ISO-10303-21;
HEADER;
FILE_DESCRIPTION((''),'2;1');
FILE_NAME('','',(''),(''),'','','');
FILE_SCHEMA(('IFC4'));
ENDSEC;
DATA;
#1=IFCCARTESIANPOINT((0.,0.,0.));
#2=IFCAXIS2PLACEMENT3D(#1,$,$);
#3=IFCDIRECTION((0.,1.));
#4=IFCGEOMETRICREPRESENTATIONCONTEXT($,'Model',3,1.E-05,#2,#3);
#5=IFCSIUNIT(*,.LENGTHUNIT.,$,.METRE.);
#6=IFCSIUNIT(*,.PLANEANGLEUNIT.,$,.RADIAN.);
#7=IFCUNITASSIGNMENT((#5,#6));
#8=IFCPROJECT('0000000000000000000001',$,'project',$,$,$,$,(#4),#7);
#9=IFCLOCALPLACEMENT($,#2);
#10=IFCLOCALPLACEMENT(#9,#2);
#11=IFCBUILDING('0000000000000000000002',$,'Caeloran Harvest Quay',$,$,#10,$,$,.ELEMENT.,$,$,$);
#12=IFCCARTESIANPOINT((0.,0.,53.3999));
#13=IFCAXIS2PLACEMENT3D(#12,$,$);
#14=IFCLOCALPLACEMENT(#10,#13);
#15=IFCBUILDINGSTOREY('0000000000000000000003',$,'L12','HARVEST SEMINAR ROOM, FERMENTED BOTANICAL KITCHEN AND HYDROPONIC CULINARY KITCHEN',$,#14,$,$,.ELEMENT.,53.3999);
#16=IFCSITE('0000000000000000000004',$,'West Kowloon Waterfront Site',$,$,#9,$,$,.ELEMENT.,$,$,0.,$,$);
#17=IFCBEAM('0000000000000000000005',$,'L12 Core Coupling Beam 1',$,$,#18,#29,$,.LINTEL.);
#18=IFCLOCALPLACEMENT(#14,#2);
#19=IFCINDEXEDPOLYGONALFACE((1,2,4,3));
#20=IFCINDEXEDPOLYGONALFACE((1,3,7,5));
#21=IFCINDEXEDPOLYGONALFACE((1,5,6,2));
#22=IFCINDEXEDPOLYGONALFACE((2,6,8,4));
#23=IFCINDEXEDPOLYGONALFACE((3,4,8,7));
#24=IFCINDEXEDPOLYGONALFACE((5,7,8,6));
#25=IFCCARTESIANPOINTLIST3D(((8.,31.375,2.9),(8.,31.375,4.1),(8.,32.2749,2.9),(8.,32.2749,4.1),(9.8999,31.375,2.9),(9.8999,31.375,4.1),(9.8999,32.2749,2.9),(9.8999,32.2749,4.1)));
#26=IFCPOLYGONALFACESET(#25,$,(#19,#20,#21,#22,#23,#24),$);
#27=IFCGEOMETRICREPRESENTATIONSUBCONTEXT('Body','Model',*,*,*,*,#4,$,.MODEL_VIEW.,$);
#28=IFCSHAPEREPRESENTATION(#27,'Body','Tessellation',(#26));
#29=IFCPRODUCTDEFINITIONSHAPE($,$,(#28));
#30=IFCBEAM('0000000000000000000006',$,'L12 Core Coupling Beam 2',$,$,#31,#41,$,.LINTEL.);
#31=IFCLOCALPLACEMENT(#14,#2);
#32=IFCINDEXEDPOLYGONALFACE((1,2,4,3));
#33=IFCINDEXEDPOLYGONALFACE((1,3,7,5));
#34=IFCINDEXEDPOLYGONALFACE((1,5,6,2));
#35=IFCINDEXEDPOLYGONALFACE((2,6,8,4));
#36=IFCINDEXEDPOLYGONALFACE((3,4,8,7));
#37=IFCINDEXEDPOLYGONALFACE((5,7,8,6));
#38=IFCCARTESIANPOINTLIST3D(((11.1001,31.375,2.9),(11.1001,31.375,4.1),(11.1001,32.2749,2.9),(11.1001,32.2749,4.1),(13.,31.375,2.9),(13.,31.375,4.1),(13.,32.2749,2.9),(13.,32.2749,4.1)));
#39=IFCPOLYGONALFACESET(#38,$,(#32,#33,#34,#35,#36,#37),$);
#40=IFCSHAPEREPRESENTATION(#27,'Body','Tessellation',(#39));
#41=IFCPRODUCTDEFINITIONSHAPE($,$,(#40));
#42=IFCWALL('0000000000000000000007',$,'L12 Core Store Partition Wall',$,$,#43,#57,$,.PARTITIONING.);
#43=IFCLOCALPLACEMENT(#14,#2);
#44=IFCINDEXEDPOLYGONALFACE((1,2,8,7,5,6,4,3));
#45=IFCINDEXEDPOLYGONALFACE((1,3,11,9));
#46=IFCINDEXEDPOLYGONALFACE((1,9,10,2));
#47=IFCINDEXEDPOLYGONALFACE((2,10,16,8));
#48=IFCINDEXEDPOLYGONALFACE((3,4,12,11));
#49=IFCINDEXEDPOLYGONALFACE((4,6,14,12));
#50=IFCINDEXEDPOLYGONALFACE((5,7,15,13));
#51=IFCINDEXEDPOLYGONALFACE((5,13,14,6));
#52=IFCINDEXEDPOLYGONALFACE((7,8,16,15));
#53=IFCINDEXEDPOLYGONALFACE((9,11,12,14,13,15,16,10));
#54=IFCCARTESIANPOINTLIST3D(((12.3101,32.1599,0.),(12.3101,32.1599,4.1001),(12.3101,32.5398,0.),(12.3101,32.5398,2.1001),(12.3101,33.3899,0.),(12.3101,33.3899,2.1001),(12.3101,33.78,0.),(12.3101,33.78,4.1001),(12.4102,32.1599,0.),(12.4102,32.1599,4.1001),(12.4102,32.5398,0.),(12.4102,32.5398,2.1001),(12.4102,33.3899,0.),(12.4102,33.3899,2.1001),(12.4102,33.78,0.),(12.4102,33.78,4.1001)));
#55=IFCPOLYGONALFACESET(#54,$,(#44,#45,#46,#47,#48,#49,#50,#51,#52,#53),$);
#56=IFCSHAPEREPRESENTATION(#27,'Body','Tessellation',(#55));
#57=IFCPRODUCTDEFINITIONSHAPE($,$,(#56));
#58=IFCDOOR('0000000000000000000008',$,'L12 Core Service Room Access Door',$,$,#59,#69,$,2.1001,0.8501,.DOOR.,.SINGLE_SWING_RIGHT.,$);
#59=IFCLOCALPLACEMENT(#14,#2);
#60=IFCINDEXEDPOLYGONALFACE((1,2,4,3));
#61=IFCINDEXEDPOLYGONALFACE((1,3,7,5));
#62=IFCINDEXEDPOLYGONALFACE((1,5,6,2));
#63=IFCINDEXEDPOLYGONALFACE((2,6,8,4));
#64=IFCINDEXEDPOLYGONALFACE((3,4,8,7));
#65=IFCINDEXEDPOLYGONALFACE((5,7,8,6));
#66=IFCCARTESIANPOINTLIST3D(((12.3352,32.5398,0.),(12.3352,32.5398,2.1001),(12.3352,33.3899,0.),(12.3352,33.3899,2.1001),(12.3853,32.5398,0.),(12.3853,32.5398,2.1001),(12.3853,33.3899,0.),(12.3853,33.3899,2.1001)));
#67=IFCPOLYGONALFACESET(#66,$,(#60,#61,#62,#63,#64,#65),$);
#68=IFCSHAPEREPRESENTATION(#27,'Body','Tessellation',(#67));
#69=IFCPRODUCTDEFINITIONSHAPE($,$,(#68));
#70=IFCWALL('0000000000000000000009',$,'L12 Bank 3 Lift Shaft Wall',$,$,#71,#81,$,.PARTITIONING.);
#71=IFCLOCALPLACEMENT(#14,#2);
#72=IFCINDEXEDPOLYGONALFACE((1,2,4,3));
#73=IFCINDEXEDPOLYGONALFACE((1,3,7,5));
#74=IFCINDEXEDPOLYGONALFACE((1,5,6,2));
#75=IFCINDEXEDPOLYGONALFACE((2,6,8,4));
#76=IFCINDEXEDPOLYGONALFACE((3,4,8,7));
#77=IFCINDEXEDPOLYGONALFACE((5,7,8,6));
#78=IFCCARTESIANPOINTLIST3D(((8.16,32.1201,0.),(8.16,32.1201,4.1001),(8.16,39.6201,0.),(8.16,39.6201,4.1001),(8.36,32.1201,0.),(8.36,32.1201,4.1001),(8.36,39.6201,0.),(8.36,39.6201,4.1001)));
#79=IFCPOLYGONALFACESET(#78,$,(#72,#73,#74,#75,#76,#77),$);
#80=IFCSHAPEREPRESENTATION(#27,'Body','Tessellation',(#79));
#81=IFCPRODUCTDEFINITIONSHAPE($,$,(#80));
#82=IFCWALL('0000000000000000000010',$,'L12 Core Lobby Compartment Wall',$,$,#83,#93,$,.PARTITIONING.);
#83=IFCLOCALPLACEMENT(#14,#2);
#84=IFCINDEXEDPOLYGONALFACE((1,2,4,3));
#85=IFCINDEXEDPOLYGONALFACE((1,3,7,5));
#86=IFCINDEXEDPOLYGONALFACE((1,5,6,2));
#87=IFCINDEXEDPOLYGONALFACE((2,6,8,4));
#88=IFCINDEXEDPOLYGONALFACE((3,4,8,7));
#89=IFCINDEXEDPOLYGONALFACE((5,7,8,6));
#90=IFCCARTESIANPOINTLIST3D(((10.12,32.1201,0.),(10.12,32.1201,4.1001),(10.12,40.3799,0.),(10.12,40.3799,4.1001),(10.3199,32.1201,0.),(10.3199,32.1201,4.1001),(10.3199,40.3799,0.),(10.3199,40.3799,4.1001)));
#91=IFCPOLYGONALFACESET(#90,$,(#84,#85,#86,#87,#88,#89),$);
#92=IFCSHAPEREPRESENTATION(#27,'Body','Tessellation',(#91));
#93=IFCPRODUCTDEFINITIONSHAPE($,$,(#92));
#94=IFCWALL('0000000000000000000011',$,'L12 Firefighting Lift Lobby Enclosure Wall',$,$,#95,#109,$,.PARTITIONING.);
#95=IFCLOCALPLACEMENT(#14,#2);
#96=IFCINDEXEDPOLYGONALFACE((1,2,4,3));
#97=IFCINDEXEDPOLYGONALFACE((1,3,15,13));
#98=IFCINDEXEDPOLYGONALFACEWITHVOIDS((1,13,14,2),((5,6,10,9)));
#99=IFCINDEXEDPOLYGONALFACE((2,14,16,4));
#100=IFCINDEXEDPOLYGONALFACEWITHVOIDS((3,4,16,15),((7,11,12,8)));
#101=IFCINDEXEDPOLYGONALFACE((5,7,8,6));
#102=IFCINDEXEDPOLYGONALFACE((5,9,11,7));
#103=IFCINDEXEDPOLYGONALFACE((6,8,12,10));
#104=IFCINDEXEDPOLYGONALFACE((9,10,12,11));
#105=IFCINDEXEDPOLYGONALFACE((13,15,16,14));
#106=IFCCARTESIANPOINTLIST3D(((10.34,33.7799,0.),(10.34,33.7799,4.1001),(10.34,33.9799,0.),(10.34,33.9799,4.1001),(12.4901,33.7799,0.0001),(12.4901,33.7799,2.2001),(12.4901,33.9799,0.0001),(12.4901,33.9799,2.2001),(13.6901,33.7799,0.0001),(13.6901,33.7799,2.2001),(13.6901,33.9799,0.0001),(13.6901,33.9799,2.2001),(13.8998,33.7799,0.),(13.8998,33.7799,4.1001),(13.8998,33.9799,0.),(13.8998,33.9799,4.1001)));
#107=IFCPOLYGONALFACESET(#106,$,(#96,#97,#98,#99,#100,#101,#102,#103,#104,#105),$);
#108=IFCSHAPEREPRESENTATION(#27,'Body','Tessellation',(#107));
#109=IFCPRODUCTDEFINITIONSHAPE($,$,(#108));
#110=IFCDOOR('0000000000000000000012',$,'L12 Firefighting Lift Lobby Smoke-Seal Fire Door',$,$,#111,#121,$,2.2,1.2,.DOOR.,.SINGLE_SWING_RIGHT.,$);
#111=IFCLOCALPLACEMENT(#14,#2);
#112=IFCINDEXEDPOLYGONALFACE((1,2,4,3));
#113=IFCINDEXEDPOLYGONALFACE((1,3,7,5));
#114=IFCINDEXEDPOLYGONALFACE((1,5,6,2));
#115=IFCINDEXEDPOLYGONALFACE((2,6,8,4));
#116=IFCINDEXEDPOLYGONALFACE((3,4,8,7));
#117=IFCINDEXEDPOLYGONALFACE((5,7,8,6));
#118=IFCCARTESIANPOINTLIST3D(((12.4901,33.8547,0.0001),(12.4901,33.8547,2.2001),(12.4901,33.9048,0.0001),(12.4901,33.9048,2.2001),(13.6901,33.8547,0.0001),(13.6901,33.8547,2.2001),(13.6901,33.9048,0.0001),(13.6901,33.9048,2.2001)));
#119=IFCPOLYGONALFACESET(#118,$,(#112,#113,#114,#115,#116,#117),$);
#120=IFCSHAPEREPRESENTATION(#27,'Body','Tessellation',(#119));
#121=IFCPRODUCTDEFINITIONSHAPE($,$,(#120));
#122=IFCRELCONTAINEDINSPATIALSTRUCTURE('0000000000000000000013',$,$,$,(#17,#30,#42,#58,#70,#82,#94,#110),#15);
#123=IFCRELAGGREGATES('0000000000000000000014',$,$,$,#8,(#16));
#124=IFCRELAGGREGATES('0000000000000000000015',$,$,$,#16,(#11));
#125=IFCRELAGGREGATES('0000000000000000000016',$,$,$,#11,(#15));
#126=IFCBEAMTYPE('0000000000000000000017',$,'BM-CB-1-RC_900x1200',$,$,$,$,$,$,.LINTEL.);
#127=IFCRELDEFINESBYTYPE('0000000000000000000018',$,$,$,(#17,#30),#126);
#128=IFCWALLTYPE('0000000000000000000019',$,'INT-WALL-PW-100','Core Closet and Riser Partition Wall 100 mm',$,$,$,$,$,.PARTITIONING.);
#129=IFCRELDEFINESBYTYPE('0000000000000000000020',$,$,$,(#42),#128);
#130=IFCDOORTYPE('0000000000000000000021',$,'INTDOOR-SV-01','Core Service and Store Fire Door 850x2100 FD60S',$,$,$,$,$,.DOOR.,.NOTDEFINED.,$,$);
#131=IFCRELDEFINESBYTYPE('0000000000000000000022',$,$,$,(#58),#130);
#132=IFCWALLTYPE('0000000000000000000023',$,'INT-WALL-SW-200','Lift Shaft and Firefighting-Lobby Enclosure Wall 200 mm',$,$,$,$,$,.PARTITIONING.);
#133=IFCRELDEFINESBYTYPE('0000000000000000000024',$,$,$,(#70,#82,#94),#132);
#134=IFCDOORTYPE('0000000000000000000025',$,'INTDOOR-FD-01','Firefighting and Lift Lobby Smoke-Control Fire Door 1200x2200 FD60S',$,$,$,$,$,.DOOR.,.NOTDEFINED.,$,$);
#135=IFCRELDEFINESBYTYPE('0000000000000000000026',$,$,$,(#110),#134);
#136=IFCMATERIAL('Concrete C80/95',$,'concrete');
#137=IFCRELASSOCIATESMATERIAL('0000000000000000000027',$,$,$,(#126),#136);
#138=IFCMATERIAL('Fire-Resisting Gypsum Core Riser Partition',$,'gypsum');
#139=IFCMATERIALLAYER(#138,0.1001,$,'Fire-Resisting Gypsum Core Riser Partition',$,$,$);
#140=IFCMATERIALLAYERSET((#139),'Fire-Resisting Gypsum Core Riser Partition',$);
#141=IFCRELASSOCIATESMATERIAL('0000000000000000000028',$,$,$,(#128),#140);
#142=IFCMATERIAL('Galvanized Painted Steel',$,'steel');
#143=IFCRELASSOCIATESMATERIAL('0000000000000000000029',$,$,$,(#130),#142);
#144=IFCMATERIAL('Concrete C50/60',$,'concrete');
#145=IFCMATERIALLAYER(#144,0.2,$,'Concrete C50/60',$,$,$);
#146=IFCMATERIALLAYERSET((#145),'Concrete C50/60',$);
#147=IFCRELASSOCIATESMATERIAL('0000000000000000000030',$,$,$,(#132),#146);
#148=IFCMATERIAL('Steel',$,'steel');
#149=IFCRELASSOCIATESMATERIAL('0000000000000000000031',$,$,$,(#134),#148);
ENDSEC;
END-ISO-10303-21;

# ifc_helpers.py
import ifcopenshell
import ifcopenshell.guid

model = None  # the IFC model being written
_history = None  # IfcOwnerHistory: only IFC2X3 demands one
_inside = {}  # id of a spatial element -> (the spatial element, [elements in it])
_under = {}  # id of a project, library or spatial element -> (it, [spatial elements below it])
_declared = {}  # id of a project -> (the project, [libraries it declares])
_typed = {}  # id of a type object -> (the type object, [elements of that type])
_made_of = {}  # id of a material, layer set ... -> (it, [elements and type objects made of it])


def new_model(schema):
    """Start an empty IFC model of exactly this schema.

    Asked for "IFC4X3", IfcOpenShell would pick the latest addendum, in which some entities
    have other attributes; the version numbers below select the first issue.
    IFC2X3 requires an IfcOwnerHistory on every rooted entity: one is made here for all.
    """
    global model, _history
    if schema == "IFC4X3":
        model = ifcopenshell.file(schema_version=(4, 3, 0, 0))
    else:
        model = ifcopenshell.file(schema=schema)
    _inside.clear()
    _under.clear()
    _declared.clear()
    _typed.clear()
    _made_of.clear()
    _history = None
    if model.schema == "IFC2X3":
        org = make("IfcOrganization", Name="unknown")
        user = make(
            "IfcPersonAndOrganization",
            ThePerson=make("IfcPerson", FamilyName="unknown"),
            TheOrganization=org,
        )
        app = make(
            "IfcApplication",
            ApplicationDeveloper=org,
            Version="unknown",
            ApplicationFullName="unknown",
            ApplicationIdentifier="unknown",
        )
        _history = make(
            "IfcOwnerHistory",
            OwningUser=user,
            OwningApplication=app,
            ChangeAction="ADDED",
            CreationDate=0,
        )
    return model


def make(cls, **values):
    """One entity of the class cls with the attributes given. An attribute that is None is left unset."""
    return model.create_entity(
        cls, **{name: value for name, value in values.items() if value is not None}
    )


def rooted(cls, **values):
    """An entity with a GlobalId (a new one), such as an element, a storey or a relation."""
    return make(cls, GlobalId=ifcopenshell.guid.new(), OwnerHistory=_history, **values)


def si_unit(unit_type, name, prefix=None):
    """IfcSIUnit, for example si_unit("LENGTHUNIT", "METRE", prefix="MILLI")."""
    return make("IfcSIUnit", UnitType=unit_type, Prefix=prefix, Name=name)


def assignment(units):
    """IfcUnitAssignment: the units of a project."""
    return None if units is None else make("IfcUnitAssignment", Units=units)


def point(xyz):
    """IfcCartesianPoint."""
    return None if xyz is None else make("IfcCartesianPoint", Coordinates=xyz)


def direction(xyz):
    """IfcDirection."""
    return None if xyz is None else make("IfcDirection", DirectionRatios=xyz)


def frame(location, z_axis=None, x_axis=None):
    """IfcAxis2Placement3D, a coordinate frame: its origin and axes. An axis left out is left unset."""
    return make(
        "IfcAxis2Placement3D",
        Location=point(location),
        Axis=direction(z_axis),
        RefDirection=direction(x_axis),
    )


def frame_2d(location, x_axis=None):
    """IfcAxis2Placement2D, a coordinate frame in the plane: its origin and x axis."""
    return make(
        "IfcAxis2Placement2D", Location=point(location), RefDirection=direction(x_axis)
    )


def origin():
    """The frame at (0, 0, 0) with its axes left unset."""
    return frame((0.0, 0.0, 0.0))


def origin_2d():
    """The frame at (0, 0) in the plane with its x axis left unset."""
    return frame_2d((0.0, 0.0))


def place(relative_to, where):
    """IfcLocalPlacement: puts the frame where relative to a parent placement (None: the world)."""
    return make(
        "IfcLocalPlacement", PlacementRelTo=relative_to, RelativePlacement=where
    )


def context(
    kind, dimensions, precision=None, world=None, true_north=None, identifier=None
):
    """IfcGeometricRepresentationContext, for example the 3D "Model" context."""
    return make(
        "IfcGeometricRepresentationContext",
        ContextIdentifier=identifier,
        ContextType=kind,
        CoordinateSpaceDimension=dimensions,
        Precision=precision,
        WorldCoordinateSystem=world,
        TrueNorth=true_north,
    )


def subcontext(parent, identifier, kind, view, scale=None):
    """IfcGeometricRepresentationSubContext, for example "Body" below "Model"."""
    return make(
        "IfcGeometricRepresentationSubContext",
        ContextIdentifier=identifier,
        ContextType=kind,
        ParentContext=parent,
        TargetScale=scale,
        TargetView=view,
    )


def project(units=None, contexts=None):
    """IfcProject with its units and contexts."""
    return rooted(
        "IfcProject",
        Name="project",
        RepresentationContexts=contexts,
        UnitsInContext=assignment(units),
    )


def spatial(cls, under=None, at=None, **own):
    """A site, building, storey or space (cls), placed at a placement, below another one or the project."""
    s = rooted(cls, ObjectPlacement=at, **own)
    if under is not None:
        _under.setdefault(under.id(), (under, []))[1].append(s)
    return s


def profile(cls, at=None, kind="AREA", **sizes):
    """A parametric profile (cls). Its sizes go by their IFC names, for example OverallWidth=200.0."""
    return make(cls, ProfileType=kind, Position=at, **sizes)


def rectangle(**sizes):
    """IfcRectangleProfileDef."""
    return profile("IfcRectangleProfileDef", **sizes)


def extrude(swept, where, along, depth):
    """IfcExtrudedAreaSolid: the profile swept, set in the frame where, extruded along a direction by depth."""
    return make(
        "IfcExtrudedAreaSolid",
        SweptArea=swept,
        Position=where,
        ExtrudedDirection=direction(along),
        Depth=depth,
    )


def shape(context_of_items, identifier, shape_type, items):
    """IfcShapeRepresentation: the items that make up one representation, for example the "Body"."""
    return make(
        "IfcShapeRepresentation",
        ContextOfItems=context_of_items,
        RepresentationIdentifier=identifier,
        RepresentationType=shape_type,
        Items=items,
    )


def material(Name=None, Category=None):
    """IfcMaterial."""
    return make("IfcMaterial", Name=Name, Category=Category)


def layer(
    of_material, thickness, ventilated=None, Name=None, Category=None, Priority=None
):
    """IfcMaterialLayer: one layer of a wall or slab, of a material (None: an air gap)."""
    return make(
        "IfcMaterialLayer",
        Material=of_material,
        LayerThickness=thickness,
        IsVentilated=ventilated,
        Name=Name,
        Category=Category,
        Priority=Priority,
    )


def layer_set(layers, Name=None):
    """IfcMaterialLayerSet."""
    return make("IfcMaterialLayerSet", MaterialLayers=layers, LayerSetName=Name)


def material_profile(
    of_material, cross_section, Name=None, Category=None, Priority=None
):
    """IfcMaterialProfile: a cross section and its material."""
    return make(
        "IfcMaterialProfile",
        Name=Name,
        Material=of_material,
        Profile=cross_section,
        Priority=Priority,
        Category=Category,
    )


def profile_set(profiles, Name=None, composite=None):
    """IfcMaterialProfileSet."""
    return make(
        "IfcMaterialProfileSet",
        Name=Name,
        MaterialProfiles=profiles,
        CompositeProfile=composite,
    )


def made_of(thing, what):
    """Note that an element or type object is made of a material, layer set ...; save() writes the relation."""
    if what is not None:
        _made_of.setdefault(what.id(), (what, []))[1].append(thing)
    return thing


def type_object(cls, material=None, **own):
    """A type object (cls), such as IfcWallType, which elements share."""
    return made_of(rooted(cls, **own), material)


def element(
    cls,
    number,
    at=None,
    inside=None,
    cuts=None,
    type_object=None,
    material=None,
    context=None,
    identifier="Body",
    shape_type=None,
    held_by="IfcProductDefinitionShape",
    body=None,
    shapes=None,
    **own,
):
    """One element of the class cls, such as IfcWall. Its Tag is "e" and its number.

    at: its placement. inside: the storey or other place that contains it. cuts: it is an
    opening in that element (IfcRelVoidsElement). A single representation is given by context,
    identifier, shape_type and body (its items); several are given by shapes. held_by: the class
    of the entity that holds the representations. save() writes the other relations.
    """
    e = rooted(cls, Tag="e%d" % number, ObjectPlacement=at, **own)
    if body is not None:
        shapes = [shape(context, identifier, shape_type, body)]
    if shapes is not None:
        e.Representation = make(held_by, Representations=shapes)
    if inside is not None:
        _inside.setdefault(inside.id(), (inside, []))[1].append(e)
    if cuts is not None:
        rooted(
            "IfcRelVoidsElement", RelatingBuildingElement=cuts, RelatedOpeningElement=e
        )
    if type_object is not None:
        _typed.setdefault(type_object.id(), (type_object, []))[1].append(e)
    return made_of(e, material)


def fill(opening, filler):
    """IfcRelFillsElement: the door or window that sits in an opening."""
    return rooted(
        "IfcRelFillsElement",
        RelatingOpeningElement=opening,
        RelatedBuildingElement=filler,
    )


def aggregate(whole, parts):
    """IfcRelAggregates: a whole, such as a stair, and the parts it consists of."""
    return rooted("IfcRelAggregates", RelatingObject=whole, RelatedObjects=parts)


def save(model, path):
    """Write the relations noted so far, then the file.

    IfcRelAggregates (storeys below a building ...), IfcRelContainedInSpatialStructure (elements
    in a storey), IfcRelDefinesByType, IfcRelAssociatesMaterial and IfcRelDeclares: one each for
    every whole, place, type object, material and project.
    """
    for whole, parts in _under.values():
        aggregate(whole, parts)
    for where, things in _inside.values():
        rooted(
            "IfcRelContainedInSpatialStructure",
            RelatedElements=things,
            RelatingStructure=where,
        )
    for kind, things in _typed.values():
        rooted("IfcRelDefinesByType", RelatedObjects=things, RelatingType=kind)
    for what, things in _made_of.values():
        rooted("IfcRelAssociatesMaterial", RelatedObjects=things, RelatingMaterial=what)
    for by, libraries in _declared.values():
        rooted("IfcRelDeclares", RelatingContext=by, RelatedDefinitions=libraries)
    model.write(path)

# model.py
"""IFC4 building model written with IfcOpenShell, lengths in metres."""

from ifc_helpers import new_model, si_unit, direction, frame, frame_2d, origin, origin_2d, place, context, subcontext, project, spatial, rectangle, extrude, material, layer, layer_set, material_profile, profile_set, type_object, element, fill, save


model = new_model("IFC4")

# Units and contexts
model_context = context("Model", 3, precision=1e-05, world=origin(), true_north=direction((0.0, 1.0)))
body_context = subcontext(model_context, "Body", "Model", "MODEL_VIEW")
ifc_project = project(units=[si_unit("LENGTHUNIT", "METRE"), si_unit("PLANEANGLEUNIT", "RADIAN")], contexts=[model_context])

# Site, building, storey
site_placement = place(None, origin())
site = spatial("IfcSite", under=ifc_project, at=site_placement, Name="West Kowloon Waterfront Site", CompositionType="ELEMENT", RefElevation=0.0)
building_placement = place(site_placement, origin())
building = spatial("IfcBuilding", under=site, at=building_placement, Name="Caeloran Harvest Quay", CompositionType="ELEMENT")
storey_placement = place(building_placement, frame((0.0, 0.0, 53.3999)))
storey = spatial("IfcBuildingStorey", under=building, at=storey_placement, Name="L12", Description="HARVEST SEMINAR ROOM, FERMENTED BOTANICAL KITCHEN AND HYDROPONIC CULINARY KITCHEN", CompositionType="ELEMENT", Elevation=53.3999)

# Beams
ifc_material_1 = material(Name="Concrete C80/95", Category="concrete")
ifc_material_profile = material_profile(ifc_material_1, rectangle(XDim=0.8999, YDim=1.2, at=origin_2d()), Name="RC 900x1200")
ifc_profile_set = profile_set([ifc_material_profile], Name="Concrete C80/95")
beam_type = type_object("IfcBeamType", Name="BM-CB-1-RC_900x1200", PredefinedType="LINTEL", material=ifc_profile_set)
for number, where, z_axis, x_axis, name in (
    (1, (8.0, 31.825, 3.5), (1.0, 0.0, 0.0), (0.0, 1.0, 0.0), "L12 Core Coupling Beam 1"),
    (2, (11.1001, 31.825, 3.5), (1.0, 0.0, 0.0), (0.0, 1.0, 0.0), "L12 Core Coupling Beam 2"),
):
    element("IfcBeam", number, at=place(storey_placement, frame(where, z_axis=z_axis, x_axis=x_axis)), inside=storey, type_object=beam_type, Name=name, PredefinedType="LINTEL", context=body_context, shape_type="SweptSolid", body=[
        extrude(rectangle(XDim=0.8999, YDim=1.2, at=origin_2d()), origin(), (0.0, 0.0, 1.0), 1.8999),
    ])

# Wall, opening, door
ifc_material_2 = material(Name="Fire-Resisting Gypsum Core Riser Partition", Category="gypsum")
ifc_layer_1 = layer(ifc_material_2, 0.1001, Name="Fire-Resisting Gypsum Core Riser Partition")
ifc_layer_set_1 = layer_set([ifc_layer_1], Name="Fire-Resisting Gypsum Core Riser Partition")
wall_type_1 = type_object("IfcWallType", Name="INT-WALL-PW-100", Description="Core Closet and Riser Partition Wall 100 mm", PredefinedType="PARTITIONING", material=ifc_layer_set_1)
wall_1_placement = place(storey_placement, frame((12.3601, 32.1599, 0.0), z_axis=(0.0, 0.0, 1.0), x_axis=(0.0, 1.0, 0.0)))
wall_1 = element("IfcWall", 3, at=wall_1_placement, inside=storey, type_object=wall_type_1, Name="L12 Core Store Partition Wall", PredefinedType="PARTITIONING", context=body_context, shape_type="SweptSolid", body=[
    extrude(rectangle(XDim=1.6201, YDim=0.1001, at=frame_2d((0.8101, 0.0))), origin(), (0.0, 0.0, 1.0), 4.1001),
])
opening_1_placement = place(wall_1_placement, frame((0.3799, 0.0, 0.0)))
opening_1 = element("IfcOpeningElement", 4, at=opening_1_placement, cuts=wall_1, PredefinedType="OPENING", context=body_context, shape_type="SweptSolid", body=[
    extrude(rectangle(XDim=0.8501, YDim=2.1001, at=frame_2d((0.425, 1.05))), frame((0.0, 0.0601, 0.0), z_axis=(0.0, -1.0, 0.0), x_axis=(1.0, 0.0, 0.0)), (0.0, 0.0, 1.0), 0.1201),
])
ifc_material_3 = material(Name="Galvanized Painted Steel", Category="steel")
door_type_1 = type_object("IfcDoorType", Name="INTDOOR-SV-01", Description="Core Service and Store Fire Door 850x2100 FD60S", OperationType="NOTDEFINED", PredefinedType="DOOR", material=ifc_material_3)
door_1_placement = place(opening_1_placement, origin())
door_1 = element("IfcDoor", 5, at=door_1_placement, inside=storey, type_object=door_type_1, Name="L12 Core Service Room Access Door", OperationType="SINGLE_SWING_RIGHT", OverallHeight=2.1001, OverallWidth=0.8501, PredefinedType="DOOR", context=body_context, shape_type="SweptSolid", body=[
    extrude(rectangle(XDim=0.8501, YDim=2.1001, at=frame_2d((0.425, 1.05))), frame((0.0, 0.0249, 0.0), z_axis=(0.0, -1.0, 0.0), x_axis=(1.0, 0.0, 0.0)), (0.0, 0.0, 1.0), 0.05),
])
fill(opening_1, door_1)

# Walls
ifc_material_4 = material(Name="Concrete C50/60", Category="concrete")
ifc_layer_2 = layer(ifc_material_4, 0.2, Name="Concrete C50/60")
ifc_layer_set_2 = layer_set([ifc_layer_2], Name="Concrete C50/60")
wall_type_2 = type_object("IfcWallType", Name="INT-WALL-SW-200", Description="Lift Shaft and Firefighting-Lobby Enclosure Wall 200 mm", PredefinedType="PARTITIONING", material=ifc_layer_set_2)
wall_2_placement = place(storey_placement, frame((8.26, 32.1201, 0.0), z_axis=(0.0, 0.0, 1.0), x_axis=(0.0, 1.0, 0.0)))
element("IfcWall", 6, at=wall_2_placement, inside=storey, type_object=wall_type_2, Name="L12 Bank 3 Lift Shaft Wall", PredefinedType="PARTITIONING", context=body_context, shape_type="SweptSolid", body=[
    extrude(rectangle(XDim=7.5, YDim=0.2, at=frame_2d((3.75, 0.0))), origin(), (0.0, 0.0, 1.0), 4.1001),
])
wall_3_placement = place(storey_placement, frame((10.22, 32.1201, 0.0), z_axis=(0.0, 0.0, 1.0), x_axis=(0.0, 1.0, 0.0)))
element("IfcWall", 7, at=wall_3_placement, inside=storey, type_object=wall_type_2, Name="L12 Core Lobby Compartment Wall", PredefinedType="PARTITIONING", context=body_context, shape_type="SweptSolid", body=[
    extrude(rectangle(XDim=8.2598, YDim=0.2, at=frame_2d((4.1299, 0.0))), origin(), (0.0, 0.0, 1.0), 4.1001),
])

# Wall, opening, door
wall_4_placement = place(storey_placement, frame((10.3401, 33.8799, 0.0), z_axis=(0.0, 0.0, 1.0), x_axis=(1.0, 0.0, 0.0)))
wall_4 = element("IfcWall", 8, at=wall_4_placement, inside=storey, type_object=wall_type_2, Name="L12 Firefighting Lift Lobby Enclosure Wall", PredefinedType="PARTITIONING", context=body_context, shape_type="SweptSolid", body=[
    extrude(rectangle(XDim=3.5598, YDim=0.2, at=frame_2d((1.7798, 0.0))), origin(), (0.0, 0.0, 1.0), 4.1001),
])
opening_2_placement = place(wall_4_placement, frame((2.1499, 0.0, 0.0)))
opening_2 = element("IfcOpeningElement", 9, at=opening_2_placement, cuts=wall_4, PredefinedType="OPENING", context=body_context, shape_type="SweptSolid", body=[
    extrude(rectangle(XDim=1.2, YDim=2.2, at=frame_2d((0.6001, 1.1001))), frame((0.0, 0.1099, 0.0), z_axis=(0.0, -1.0, 0.0), x_axis=(1.0, 0.0, 0.0)), (0.0, 0.0, 1.0), 0.22),
])
ifc_material_5 = material(Name="Steel", Category="steel")
door_type_2 = type_object("IfcDoorType", Name="INTDOOR-FD-01", Description="Firefighting and Lift Lobby Smoke-Control Fire Door 1200x2200 FD60S", OperationType="NOTDEFINED", PredefinedType="DOOR", material=ifc_material_5)
door_2_placement = place(opening_2_placement, origin())
door_2 = element("IfcDoor", 10, at=door_2_placement, inside=storey, type_object=door_type_2, Name="L12 Firefighting Lift Lobby Smoke-Seal Fire Door", OperationType="SINGLE_SWING_RIGHT", OverallHeight=2.2, OverallWidth=1.2, PredefinedType="DOOR", context=body_context, shape_type="SweptSolid", body=[
    extrude(rectangle(XDim=1.2, YDim=2.2, at=frame_2d((0.6001, 1.1001))), frame((0.0, 0.0249, 0.0), z_axis=(0.0, -1.0, 0.0), x_axis=(1.0, 0.0, 0.0)), (0.0, 0.0, 1.0), 0.05),
])
fill(opening_2, door_2)

save(model, "model.ifc")
